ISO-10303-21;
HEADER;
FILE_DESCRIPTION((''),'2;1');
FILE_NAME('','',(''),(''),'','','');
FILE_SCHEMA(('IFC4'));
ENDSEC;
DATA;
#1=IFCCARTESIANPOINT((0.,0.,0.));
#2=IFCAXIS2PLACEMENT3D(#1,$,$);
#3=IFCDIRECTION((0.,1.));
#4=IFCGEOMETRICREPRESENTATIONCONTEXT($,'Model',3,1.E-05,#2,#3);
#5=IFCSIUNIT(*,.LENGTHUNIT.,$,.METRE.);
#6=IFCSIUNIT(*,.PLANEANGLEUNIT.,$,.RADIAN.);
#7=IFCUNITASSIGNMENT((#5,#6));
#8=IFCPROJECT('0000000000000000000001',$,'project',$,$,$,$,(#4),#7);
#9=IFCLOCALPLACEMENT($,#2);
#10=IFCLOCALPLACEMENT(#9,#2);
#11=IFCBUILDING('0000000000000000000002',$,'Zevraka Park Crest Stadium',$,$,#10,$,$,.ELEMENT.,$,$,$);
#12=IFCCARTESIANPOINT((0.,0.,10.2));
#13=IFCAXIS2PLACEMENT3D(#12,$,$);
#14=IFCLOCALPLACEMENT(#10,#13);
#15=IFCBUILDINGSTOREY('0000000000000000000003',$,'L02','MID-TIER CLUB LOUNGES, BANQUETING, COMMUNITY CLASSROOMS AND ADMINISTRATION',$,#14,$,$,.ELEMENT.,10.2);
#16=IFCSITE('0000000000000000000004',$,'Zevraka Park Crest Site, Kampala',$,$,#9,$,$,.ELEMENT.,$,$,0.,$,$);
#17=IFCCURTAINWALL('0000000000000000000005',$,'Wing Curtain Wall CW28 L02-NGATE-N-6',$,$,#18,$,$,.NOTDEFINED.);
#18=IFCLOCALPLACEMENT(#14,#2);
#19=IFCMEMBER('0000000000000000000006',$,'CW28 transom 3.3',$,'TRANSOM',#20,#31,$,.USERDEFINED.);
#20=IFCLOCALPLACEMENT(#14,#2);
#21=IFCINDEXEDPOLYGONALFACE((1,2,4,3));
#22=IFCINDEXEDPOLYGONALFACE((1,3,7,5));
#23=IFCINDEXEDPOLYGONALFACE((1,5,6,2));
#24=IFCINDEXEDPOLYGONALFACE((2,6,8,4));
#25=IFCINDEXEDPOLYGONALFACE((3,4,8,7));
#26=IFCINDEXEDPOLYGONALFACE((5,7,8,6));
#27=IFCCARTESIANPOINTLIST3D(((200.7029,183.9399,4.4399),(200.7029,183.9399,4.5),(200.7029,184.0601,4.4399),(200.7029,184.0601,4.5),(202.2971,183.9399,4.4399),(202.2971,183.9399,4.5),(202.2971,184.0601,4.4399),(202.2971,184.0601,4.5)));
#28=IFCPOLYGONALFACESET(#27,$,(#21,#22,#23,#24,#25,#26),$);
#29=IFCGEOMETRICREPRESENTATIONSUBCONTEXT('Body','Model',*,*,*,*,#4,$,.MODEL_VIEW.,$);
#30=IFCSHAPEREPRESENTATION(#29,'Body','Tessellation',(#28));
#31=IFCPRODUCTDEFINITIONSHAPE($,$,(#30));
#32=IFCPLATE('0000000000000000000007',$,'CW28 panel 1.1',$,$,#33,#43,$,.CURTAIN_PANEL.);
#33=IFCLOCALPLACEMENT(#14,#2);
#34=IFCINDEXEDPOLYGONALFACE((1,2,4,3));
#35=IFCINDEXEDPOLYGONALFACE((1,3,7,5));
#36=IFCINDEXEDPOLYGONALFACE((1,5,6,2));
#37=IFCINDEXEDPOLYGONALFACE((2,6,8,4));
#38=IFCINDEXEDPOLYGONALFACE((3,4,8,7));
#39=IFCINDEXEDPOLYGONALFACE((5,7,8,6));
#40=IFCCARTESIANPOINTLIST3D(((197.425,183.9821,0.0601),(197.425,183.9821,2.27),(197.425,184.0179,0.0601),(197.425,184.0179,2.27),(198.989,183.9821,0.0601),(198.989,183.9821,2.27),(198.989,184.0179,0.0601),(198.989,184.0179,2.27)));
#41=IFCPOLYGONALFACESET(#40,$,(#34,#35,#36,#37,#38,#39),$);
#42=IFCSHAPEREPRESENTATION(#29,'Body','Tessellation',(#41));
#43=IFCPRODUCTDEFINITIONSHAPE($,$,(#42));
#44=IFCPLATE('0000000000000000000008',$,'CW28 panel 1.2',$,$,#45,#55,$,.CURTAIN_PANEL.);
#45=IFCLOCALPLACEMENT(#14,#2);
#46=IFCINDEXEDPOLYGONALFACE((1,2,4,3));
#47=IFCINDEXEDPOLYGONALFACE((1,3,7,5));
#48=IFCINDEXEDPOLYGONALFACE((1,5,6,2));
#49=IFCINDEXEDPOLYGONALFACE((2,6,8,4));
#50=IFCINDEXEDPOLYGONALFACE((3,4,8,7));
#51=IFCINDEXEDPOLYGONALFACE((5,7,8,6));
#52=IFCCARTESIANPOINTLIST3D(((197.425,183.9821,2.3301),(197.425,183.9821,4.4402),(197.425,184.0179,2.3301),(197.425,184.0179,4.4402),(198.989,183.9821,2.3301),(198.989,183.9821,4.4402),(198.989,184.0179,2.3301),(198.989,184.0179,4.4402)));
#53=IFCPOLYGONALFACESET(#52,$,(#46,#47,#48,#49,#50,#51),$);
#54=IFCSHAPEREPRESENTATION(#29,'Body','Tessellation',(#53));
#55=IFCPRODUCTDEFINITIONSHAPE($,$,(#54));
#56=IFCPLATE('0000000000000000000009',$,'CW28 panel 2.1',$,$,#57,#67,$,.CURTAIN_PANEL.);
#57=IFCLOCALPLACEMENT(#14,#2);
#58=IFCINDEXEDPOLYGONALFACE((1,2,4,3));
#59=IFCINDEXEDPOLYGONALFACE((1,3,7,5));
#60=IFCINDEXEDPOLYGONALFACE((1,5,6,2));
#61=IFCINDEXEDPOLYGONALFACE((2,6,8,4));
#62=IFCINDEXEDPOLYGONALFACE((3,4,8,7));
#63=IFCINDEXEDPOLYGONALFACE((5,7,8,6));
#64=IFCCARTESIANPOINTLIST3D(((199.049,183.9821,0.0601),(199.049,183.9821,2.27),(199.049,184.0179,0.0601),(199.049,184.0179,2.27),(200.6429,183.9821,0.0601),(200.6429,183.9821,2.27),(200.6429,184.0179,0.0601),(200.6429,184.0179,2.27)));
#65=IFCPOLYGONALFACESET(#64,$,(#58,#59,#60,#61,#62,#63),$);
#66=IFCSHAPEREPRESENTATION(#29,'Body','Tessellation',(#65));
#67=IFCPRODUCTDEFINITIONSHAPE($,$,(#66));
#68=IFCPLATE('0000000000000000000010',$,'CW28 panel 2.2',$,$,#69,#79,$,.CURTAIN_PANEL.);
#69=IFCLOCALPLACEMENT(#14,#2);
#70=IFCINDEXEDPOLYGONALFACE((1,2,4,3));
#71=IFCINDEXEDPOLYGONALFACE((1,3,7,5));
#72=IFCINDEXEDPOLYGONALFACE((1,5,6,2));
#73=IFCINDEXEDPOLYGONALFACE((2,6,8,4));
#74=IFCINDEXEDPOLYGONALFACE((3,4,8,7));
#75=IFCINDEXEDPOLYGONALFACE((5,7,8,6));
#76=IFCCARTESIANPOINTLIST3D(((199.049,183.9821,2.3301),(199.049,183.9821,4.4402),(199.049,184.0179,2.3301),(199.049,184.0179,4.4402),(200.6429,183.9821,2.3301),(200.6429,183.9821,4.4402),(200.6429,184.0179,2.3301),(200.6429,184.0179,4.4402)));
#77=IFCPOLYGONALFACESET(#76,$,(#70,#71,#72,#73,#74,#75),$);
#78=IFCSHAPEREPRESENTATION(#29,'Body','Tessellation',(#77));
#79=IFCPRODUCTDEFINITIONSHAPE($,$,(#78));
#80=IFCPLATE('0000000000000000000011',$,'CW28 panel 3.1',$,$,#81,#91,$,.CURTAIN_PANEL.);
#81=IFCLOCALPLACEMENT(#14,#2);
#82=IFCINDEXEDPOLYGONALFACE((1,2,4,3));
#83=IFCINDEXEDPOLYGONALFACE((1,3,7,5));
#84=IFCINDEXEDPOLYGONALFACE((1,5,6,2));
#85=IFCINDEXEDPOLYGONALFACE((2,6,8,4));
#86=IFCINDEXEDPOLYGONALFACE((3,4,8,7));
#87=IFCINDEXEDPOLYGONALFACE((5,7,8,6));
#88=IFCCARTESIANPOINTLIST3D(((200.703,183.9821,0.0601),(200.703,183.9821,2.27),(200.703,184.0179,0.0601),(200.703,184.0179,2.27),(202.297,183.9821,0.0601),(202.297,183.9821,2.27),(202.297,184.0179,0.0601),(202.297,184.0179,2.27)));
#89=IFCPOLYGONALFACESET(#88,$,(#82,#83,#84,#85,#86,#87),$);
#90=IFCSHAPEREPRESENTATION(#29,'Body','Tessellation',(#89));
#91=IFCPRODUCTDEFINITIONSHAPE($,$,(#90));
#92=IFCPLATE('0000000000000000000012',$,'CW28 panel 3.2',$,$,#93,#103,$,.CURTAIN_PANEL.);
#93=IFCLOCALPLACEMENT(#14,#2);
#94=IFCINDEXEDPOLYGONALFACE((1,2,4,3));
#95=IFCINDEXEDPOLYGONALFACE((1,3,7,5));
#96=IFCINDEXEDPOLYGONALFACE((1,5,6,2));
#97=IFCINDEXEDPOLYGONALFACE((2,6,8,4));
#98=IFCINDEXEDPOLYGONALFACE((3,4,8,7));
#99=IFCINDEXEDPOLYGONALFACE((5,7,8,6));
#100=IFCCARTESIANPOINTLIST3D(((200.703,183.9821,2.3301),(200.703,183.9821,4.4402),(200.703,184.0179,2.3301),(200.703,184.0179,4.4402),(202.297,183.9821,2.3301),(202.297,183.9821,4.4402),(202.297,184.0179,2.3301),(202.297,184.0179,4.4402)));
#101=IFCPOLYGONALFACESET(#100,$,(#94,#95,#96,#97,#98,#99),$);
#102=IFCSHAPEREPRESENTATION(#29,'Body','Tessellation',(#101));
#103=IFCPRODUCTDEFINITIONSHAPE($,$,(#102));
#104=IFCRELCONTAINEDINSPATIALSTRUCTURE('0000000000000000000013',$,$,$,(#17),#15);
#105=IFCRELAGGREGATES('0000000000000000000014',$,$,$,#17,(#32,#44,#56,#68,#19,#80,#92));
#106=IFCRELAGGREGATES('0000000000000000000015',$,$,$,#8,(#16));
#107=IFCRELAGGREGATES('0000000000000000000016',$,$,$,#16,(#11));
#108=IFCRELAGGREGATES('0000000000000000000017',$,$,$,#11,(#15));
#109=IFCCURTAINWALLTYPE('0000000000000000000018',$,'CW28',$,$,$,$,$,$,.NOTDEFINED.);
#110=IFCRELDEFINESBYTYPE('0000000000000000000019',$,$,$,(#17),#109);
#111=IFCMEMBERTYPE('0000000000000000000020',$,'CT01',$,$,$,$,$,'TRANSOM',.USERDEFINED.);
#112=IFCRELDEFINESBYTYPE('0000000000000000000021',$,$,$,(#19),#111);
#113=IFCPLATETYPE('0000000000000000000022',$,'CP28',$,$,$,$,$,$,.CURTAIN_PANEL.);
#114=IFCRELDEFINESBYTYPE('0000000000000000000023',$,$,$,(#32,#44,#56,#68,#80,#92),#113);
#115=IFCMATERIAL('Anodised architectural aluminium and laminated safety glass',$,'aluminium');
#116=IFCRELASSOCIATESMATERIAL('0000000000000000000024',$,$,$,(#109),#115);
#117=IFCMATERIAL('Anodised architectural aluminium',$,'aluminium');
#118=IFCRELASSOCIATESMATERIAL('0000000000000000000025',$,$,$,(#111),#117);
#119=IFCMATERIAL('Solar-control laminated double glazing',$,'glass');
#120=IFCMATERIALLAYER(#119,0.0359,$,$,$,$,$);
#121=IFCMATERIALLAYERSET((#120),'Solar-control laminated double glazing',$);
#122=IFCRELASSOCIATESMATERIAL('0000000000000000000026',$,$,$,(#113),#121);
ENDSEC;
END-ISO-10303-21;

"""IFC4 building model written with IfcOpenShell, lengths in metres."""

from ifc_helpers import new_model, si_unit, direction, frame, origin, origin_2d, place, context, subcontext, project, spatial, rectangle, extrude, material, layer, layer_set, material_profile, profile_set, type_object, element, aggregate, save


model = new_model("IFC4")

# Units and contexts
model_context = context("Model", 3, precision=1e-05, world=origin(), true_north=direction((0.0, 1.0)))
body_context = subcontext(model_context, "Body", "Model", "MODEL_VIEW")
ifc_project = project(units=[si_unit("LENGTHUNIT", "METRE"), si_unit("PLANEANGLEUNIT", "RADIAN")], contexts=[model_context])

# Site, building, storey
site_placement = place(None, origin())
site = spatial("IfcSite", under=ifc_project, at=site_placement, Name="Zevraka Park Crest Site, Kampala", CompositionType="ELEMENT", RefElevation=0.0)
building_placement = place(site_placement, origin())
building = spatial("IfcBuilding", under=site, at=building_placement, Name="Zevraka Park Crest Stadium", CompositionType="ELEMENT")
storey_placement = place(building_placement, frame((0.0, 0.0, 10.2)))
storey = spatial("IfcBuildingStorey", under=building, at=storey_placement, Name="L02", Description="MID-TIER CLUB LOUNGES, BANQUETING, COMMUNITY CLASSROOMS AND ADMINISTRATION", CompositionType="ELEMENT", Elevation=10.2)

# Curtain wall, member, plates
ifc_material_1 = material(Name="Anodised architectural aluminium and laminated safety glass", Category="aluminium")
curtain_wall_type = type_object("IfcCurtainWallType", Name="CW28", PredefinedType="NOTDEFINED", material=ifc_material_1)
curtain_wall_placement = place(storey_placement, origin())
curtain_wall = element("IfcCurtainWall", 1, at=curtain_wall_placement, inside=storey, type_object=curtain_wall_type, Name="Wing Curtain Wall CW28 L02-NGATE-N-6", PredefinedType="NOTDEFINED")
ifc_material_2 = material(Name="Anodised architectural aluminium", Category="aluminium")
ifc_material_profile_1 = material_profile(ifc_material_2, rectangle(XDim=0.1201, YDim=0.0601, at=origin_2d()), Name="ALU TRANSOM 120x60")
ifc_profile_set_1 = profile_set([ifc_material_profile_1], Name="Anodised architectural aluminium")
member_type_1 = type_object("IfcMemberType", Name="CT01", ElementType="TRANSOM", PredefinedType="USERDEFINED", material=ifc_profile_set_1)
member_1_placement = place(storey_placement, frame((200.7029, 184.0, 4.47), z_axis=(1.0, 0.0, 0.0), x_axis=(0.0, 1.0, 0.0)))
member_1 = element("IfcMember", 2, at=member_1_placement, type_object=member_type_1, Name="CW28 transom 3.3", ObjectType="TRANSOM", PredefinedType="USERDEFINED", context=body_context, shape_type="SweptSolid", body=[
    extrude(rectangle(XDim=0.1201, YDim=0.0601, at=origin_2d()), origin(), (0.0, 0.0, 1.0), 1.5942),
])
ifc_material_3 = material(Name="Solar-control laminated double glazing", Category="glass")
ifc_layer = layer(ifc_material_3, 0.0359)
ifc_layer_set = layer_set([ifc_layer], Name="Solar-control laminated double glazing")
plate_type = type_object("IfcPlateType", Name="CP28", PredefinedType="CURTAIN_PANEL", material=ifc_layer_set)
plate_1_placement = place(storey_placement, frame((198.207, 184.0, 0.0601), z_axis=(0.0, 0.0, 1.0), x_axis=(1.0, 0.0, 0.0)))
plate_1 = element("IfcPlate", 3, at=plate_1_placement, type_object=plate_type, Name="CW28 panel 1.1", PredefinedType="CURTAIN_PANEL", context=body_context, shape_type="SweptSolid", body=[
    extrude(rectangle(XDim=1.564, YDim=0.0359, at=origin_2d()), origin(), (0.0, 0.0, 1.0), 2.21),
])
plate_2_placement = place(storey_placement, frame((198.207, 184.0, 2.3301), z_axis=(0.0, 0.0, 1.0), x_axis=(1.0, 0.0, 0.0)))
plate_2 = element("IfcPlate", 4, at=plate_2_placement, type_object=plate_type, Name="CW28 panel 1.2", PredefinedType="CURTAIN_PANEL", context=body_context, shape_type="SweptSolid", body=[
    extrude(rectangle(XDim=1.564, YDim=0.0359, at=origin_2d()), origin(), (0.0, 0.0, 1.0), 2.1101),
])
plate_3_placement = place(storey_placement, frame((199.8459, 184.0, 0.0601), z_axis=(0.0, 0.0, 1.0), x_axis=(1.0, 0.0, 0.0)))
plate_3 = element("IfcPlate", 5, at=plate_3_placement, type_object=plate_type, Name="CW28 panel 2.1", PredefinedType="CURTAIN_PANEL", context=body_context, shape_type="SweptSolid", body=[
    extrude(rectangle(XDim=1.594, YDim=0.0359, at=origin_2d()), origin(), (0.0, 0.0, 1.0), 2.21),
])
plate_4_placement = place(storey_placement, frame((199.8459, 184.0, 2.3301), z_axis=(0.0, 0.0, 1.0), x_axis=(1.0, 0.0, 0.0)))
plate_4 = element("IfcPlate", 6, at=plate_4_placement, type_object=plate_type, Name="CW28 panel 2.2", PredefinedType="CURTAIN_PANEL", context=body_context, shape_type="SweptSolid", body=[
    extrude(rectangle(XDim=1.594, YDim=0.0359, at=origin_2d()), origin(), (0.0, 0.0, 1.0), 2.1101),
])
plate_5_placement = place(storey_placement, frame((201.5, 184.0, 0.0601), z_axis=(0.0, 0.0, 1.0), x_axis=(1.0, 0.0, 0.0)))
plate_5 = element("IfcPlate", 7, at=plate_5_placement, type_object=plate_type, Name="CW28 panel 3.1", PredefinedType="CURTAIN_PANEL", context=body_context, shape_type="SweptSolid", body=[
    extrude(rectangle(XDim=1.594, YDim=0.0359, at=origin_2d()), origin(), (0.0, 0.0, 1.0), 2.21),
])
plate_6_placement = place(storey_placement, frame((201.5, 184.0, 2.3301), z_axis=(0.0, 0.0, 1.0), x_axis=(1.0, 0.0, 0.0)))
plate_6 = element("IfcPlate", 8, at=plate_6_placement, type_object=plate_type, Name="CW28 panel 3.2", PredefinedType="CURTAIN_PANEL", context=body_context, shape_type="SweptSolid", body=[
    extrude(rectangle(XDim=1.594, YDim=0.0359, at=origin_2d()), origin(), (0.0, 0.0, 1.0), 2.1101),
])
aggregate(curtain_wall, [plate_1, plate_2, plate_3, plate_4, member_1, plate_5, plate_6])

save(model, "model.ifc")
